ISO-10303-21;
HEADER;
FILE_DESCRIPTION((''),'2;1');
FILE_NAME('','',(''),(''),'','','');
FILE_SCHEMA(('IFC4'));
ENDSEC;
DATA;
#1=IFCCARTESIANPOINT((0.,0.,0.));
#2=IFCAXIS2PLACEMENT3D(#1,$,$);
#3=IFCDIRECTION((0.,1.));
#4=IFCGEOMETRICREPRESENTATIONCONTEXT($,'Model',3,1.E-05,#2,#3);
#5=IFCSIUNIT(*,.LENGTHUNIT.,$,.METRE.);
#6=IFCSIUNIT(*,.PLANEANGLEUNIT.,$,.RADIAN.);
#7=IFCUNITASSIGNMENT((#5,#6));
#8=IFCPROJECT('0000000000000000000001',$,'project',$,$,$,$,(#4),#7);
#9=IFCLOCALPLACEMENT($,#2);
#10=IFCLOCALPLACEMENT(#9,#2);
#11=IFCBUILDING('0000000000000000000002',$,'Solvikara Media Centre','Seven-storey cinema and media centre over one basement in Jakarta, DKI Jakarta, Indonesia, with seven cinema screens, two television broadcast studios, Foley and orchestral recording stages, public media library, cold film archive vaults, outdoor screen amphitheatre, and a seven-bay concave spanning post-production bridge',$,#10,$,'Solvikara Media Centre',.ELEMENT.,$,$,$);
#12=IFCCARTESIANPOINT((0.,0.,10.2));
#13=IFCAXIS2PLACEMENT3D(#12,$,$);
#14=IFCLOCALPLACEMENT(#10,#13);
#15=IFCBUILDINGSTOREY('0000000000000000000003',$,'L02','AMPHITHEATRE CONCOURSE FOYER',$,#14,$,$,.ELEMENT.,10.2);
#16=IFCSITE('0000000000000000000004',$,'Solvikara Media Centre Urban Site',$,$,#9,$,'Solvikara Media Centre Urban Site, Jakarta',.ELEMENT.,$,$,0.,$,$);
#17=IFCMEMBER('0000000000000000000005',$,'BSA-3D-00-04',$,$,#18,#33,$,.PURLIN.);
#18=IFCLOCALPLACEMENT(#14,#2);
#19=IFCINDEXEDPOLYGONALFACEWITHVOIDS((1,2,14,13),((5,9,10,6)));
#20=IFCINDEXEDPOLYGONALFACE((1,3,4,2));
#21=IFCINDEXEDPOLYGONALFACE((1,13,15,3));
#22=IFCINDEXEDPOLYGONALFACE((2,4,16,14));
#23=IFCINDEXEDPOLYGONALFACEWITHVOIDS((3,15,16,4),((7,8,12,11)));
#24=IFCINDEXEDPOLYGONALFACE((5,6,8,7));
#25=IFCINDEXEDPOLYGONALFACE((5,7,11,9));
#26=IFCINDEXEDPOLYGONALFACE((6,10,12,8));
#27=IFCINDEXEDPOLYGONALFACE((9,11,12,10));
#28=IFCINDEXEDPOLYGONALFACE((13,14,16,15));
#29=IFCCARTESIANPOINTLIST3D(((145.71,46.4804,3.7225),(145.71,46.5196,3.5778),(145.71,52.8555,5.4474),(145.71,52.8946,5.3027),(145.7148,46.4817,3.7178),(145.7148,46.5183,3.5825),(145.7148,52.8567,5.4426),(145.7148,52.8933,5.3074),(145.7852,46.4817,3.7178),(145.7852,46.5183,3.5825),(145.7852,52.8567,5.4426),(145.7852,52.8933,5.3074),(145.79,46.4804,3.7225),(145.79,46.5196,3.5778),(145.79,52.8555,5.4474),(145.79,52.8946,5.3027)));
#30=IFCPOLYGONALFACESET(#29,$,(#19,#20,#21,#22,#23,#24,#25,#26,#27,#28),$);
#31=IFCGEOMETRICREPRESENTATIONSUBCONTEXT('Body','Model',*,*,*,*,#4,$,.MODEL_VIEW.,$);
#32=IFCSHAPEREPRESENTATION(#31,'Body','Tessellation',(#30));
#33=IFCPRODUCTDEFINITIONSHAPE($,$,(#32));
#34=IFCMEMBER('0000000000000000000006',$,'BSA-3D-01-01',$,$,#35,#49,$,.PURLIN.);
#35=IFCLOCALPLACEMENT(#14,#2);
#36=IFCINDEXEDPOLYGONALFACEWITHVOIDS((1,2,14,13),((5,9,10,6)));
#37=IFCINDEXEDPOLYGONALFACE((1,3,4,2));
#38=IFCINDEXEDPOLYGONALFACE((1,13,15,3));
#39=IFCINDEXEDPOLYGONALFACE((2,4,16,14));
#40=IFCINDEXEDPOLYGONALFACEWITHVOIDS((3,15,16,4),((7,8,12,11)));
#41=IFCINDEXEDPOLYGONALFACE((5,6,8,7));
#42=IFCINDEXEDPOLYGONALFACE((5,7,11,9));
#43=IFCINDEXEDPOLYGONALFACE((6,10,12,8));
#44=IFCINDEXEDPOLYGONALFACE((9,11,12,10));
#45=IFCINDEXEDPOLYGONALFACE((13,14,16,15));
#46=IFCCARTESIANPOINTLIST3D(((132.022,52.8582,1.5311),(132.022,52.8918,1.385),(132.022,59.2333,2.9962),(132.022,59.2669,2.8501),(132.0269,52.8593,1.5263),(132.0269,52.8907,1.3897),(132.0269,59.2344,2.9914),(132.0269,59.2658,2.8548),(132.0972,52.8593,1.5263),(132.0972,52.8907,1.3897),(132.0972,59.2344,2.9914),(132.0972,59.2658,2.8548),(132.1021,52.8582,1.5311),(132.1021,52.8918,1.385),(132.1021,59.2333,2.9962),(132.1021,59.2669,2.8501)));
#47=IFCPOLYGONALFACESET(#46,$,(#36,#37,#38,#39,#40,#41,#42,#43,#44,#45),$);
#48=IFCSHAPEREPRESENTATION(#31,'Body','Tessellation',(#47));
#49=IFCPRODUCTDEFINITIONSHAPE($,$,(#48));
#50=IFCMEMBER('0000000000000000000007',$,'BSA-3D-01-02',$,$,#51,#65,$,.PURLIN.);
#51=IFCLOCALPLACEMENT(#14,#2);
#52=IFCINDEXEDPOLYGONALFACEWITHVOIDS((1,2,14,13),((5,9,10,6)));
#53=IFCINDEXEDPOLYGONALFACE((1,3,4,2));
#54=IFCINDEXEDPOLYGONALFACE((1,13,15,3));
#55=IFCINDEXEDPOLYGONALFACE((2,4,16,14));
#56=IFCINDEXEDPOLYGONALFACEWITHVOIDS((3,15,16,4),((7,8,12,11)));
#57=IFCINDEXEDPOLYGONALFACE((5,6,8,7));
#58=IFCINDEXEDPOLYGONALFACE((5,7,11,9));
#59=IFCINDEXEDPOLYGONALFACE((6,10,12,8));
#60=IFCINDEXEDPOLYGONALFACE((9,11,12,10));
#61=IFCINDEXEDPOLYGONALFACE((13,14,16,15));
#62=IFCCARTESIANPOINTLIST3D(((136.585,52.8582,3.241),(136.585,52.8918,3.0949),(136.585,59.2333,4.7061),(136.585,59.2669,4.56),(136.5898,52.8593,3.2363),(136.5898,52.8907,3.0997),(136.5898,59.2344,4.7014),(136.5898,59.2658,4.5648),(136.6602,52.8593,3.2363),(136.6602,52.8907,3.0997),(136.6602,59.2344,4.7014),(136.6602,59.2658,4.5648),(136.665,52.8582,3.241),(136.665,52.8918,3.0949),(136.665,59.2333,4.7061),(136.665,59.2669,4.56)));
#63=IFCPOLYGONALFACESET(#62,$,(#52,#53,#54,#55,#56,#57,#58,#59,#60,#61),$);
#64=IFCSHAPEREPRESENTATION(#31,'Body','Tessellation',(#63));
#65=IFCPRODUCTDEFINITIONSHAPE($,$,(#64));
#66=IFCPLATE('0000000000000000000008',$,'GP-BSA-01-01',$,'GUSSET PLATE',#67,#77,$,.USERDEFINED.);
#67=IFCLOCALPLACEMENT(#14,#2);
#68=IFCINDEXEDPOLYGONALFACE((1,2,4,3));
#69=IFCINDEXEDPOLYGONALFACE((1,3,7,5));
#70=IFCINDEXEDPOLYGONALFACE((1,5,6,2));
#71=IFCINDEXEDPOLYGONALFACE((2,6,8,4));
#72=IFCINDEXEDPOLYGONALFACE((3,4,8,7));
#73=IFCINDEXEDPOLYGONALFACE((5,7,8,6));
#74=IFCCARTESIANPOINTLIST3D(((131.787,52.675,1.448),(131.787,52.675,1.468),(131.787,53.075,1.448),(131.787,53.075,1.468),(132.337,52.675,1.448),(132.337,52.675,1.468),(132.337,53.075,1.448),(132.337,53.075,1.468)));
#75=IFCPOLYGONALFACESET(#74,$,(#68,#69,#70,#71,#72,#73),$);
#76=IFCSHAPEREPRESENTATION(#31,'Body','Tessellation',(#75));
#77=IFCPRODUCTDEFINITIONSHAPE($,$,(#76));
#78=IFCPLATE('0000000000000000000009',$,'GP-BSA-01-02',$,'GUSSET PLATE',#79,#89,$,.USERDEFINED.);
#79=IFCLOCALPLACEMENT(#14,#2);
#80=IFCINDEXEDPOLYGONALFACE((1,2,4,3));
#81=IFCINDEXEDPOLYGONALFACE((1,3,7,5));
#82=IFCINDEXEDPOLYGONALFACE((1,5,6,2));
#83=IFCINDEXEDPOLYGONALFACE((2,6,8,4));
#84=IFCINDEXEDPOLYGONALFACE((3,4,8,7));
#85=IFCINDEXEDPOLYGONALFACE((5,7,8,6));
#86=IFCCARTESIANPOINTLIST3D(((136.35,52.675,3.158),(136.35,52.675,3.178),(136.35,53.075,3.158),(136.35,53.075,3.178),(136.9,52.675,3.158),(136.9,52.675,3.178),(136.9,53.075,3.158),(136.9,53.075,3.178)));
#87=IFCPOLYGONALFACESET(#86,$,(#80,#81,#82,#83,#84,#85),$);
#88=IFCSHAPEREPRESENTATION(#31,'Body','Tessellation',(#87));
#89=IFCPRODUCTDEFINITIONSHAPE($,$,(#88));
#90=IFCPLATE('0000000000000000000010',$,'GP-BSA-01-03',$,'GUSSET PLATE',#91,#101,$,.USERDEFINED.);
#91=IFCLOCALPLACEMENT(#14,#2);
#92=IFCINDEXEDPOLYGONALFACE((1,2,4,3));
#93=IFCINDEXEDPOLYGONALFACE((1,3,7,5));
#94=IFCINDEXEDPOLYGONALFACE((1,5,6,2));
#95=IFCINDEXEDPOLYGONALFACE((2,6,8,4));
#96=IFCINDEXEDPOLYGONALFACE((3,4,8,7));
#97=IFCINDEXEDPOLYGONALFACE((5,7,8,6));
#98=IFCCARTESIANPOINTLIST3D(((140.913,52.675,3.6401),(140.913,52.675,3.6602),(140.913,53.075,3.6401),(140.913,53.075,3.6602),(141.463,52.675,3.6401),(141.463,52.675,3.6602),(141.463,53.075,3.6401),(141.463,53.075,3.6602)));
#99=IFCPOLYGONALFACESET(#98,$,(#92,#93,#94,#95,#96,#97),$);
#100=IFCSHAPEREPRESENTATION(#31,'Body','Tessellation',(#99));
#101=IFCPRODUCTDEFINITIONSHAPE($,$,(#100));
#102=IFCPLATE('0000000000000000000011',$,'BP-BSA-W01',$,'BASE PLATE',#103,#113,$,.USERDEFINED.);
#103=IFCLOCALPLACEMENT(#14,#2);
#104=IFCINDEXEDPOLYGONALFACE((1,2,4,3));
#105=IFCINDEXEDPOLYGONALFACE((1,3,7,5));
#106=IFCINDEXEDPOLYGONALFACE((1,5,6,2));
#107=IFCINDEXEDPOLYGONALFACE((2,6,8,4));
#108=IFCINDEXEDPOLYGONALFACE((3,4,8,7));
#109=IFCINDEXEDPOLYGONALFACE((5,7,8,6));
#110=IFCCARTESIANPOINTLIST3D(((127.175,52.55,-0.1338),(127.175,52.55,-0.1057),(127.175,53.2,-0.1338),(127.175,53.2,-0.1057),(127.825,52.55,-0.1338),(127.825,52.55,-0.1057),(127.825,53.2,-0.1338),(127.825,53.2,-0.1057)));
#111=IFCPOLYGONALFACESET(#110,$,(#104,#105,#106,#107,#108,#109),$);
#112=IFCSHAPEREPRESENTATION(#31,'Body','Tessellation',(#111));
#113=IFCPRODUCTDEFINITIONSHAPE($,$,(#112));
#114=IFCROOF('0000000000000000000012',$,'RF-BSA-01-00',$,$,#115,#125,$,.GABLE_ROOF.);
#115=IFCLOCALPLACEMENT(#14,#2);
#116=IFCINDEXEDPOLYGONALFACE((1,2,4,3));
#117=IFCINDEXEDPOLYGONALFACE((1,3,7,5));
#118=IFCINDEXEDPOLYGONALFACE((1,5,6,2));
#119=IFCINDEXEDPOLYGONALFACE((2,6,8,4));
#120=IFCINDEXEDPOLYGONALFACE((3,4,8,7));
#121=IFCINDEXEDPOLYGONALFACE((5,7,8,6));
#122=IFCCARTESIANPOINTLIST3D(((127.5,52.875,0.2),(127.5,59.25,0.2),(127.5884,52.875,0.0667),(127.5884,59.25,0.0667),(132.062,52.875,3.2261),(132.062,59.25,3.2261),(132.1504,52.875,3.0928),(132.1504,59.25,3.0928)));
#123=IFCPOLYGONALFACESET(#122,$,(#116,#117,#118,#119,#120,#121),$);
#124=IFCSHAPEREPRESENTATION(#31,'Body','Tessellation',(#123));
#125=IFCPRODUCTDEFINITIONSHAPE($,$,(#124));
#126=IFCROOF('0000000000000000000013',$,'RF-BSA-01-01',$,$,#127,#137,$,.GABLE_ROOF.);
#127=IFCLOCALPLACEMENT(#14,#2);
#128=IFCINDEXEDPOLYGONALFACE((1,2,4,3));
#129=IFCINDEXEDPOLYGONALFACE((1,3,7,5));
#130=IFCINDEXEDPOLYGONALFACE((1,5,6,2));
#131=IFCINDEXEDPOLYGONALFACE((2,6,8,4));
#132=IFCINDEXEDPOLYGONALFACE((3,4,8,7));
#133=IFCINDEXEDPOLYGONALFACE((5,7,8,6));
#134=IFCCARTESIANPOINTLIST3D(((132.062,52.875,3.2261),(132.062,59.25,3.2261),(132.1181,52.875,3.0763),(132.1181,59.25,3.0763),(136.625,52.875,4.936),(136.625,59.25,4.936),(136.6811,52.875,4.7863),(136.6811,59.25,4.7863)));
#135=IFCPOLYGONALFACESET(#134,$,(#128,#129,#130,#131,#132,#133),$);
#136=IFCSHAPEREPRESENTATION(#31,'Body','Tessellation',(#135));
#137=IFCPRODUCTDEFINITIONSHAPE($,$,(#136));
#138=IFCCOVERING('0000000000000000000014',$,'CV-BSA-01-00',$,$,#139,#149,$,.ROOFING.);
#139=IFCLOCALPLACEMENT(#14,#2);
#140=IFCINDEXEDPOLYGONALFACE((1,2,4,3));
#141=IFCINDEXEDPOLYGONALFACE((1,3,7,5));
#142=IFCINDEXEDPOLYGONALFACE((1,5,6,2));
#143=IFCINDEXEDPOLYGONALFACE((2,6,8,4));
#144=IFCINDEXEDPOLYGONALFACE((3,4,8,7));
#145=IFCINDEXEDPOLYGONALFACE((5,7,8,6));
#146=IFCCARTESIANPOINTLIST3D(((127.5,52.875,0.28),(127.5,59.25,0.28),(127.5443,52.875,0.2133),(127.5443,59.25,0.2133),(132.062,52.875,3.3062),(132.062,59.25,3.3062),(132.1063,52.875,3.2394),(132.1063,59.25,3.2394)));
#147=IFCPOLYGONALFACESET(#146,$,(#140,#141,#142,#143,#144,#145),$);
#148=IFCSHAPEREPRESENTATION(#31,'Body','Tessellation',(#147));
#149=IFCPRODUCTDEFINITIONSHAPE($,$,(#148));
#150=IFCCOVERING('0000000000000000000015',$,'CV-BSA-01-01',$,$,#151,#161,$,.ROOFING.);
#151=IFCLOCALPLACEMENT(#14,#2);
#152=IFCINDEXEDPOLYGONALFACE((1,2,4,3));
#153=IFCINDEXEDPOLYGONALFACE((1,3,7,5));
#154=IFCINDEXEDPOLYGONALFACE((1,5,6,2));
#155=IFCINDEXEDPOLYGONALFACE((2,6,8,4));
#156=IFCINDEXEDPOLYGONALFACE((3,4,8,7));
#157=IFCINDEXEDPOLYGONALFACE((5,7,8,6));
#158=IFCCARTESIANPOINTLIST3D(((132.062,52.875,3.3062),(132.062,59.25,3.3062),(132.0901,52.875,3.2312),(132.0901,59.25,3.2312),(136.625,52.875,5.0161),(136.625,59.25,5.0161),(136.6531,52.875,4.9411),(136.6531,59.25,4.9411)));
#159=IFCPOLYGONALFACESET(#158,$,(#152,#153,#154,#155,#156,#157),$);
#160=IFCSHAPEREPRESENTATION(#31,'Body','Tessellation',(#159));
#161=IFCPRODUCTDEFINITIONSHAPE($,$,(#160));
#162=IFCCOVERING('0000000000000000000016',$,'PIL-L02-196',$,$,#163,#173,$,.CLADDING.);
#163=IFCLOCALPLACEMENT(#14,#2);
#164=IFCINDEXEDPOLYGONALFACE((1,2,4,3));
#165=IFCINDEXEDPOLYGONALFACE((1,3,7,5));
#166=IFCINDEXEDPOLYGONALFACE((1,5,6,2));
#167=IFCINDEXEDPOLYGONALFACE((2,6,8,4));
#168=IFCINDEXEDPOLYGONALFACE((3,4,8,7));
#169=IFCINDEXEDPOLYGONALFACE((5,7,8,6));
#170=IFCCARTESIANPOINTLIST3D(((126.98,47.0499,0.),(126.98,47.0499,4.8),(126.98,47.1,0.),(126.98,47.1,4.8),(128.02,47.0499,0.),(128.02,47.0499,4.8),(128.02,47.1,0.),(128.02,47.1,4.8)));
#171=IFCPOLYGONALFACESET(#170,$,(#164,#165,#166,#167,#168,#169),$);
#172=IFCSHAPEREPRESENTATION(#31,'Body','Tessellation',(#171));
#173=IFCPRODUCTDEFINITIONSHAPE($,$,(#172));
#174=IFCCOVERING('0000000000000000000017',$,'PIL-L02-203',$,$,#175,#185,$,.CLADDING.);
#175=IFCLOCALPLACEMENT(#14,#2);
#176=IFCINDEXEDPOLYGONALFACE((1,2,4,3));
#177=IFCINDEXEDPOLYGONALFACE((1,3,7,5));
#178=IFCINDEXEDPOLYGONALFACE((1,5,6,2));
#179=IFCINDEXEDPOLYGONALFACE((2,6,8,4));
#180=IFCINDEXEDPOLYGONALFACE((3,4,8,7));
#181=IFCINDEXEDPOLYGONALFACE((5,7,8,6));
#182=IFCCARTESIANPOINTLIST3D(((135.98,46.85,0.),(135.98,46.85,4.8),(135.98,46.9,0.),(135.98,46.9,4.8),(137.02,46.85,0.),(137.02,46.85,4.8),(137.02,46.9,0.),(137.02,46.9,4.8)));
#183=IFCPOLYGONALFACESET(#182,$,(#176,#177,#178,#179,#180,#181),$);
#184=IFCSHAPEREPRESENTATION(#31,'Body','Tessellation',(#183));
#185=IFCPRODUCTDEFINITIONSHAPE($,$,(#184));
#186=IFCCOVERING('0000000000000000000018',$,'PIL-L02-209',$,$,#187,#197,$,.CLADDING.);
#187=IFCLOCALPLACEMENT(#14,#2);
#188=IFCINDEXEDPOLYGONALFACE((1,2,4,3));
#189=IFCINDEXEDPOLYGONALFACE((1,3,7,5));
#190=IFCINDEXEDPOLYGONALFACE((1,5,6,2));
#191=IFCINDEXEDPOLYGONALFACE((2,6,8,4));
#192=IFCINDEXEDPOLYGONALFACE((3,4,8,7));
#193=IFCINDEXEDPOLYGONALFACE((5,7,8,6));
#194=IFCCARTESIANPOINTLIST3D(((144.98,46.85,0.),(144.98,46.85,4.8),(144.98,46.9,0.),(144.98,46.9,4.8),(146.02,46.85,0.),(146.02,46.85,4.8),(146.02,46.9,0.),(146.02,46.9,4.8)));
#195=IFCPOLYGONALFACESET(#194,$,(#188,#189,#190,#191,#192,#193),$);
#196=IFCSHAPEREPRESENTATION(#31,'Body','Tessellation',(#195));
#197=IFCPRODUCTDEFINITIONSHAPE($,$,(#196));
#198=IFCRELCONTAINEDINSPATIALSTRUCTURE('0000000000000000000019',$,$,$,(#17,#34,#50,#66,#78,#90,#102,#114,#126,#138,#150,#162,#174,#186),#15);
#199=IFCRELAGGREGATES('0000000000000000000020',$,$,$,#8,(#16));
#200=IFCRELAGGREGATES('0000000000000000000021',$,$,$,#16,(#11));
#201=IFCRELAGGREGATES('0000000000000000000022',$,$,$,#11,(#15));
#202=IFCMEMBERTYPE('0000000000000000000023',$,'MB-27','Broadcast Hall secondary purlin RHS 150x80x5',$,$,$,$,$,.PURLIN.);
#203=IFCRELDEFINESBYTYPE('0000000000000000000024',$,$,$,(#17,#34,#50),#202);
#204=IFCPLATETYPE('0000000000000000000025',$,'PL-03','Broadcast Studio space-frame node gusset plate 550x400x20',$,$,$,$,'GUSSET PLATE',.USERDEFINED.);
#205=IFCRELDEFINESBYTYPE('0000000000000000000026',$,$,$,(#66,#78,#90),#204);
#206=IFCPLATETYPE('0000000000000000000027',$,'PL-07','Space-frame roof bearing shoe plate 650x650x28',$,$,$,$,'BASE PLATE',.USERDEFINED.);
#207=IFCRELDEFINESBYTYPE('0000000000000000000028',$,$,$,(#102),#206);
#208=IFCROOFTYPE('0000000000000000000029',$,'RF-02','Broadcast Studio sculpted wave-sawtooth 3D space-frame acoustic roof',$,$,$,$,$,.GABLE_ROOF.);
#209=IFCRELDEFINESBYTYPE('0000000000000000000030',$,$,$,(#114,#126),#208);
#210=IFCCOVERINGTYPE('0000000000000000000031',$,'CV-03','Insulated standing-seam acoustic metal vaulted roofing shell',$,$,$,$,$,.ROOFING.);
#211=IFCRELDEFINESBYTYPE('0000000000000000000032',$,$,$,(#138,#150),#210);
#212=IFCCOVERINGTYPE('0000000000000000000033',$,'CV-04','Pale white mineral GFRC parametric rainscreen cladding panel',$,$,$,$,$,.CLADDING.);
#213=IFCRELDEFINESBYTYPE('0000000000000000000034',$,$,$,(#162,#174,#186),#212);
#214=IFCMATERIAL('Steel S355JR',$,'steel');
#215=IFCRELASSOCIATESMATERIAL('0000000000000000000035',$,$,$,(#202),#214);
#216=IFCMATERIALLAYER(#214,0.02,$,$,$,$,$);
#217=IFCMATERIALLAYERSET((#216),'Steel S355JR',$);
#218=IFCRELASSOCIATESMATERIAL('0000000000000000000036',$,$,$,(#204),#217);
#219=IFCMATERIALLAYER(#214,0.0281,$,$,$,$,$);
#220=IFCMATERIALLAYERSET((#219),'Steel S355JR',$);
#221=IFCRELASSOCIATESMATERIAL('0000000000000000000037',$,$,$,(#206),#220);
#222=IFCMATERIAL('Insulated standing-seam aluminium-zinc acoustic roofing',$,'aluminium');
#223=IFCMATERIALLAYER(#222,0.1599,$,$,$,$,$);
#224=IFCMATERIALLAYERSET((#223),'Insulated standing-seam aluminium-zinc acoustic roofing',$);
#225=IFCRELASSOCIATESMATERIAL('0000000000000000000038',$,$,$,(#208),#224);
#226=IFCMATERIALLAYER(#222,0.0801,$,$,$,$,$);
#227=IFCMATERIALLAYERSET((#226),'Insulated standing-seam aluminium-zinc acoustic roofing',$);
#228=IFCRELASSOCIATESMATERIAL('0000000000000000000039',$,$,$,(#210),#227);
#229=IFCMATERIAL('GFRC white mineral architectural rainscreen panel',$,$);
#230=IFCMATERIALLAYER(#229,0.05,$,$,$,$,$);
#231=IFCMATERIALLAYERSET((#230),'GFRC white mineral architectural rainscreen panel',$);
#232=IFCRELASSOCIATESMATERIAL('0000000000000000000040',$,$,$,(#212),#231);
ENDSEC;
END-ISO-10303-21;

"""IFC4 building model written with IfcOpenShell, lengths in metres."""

from ifc_helpers import new_model, si_unit, direction, frame, origin, origin_2d, place, context, subcontext, project, spatial, polyline, rectangle, hollow_rectangle, outline, extrude, material, layer, layer_set, material_profile, profile_set, type_object, element, save


model = new_model("IFC4")

# Units and contexts
model_context = context("Model", 3, precision=1e-05, world=origin(), true_north=direction((0.0, 1.0)))
body_context = subcontext(model_context, "Body", "Model", "MODEL_VIEW")
ifc_project = project(units=[si_unit("LENGTHUNIT", "METRE"), si_unit("PLANEANGLEUNIT", "RADIAN")], contexts=[model_context])

# Site, building, storey
site_placement = place(None, origin())
site = spatial("IfcSite", under=ifc_project, at=site_placement, Name="Solvikara Media Centre Urban Site", LongName="Solvikara Media Centre Urban Site, Jakarta", CompositionType="ELEMENT", RefElevation=0.0)
building_placement = place(site_placement, origin())
building = spatial("IfcBuilding", under=site, at=building_placement, Name="Solvikara Media Centre", Description="Seven-storey cinema and media centre over one basement in Jakarta, DKI Jakarta, Indonesia, with seven cinema screens, two television broadcast studios, Foley and orchestral recording stages, public media library, cold film archive vaults, outdoor screen amphitheatre, and a seven-bay concave spanning post-production bridge", LongName="Solvikara Media Centre", CompositionType="ELEMENT")
storey_placement = place(building_placement, frame((0.0, 0.0, 10.2)))
storey = spatial("IfcBuildingStorey", under=building, at=storey_placement, Name="L02", Description="AMPHITHEATRE CONCOURSE FOYER", CompositionType="ELEMENT", Elevation=10.2)

# Members
ifc_material_1 = material(Name="Steel S355JR", Category="steel")
ifc_material_profile_1 = material_profile(ifc_material_1, hollow_rectangle(XDim=0.0801, YDim=0.1499, WallThickness=0.0049, at=origin_2d()), Name="RHS 150x80x5")
ifc_profile_set_1 = profile_set([ifc_material_profile_1], Name="Steel S355JR")
member_type_1 = type_object("IfcMemberType", Name="MB-27", Description="Broadcast Hall secondary purlin RHS 150x80x5", PredefinedType="PURLIN", material=ifc_profile_set_1)
member_1_placement = place(storey_placement, frame((145.75, 46.5, 3.6501), z_axis=(0.0, 0.965292, 0.261174), x_axis=(-1.0, 0.0, 0.0)))
element("IfcMember", 1, at=member_1_placement, inside=storey, type_object=member_type_1, Name="BSA-3D-00-04", PredefinedType="PURLIN", context=body_context, shape_type="SweptSolid", body=[
    extrude(hollow_rectangle(XDim=0.0801, YDim=0.1499, WallThickness=0.0049, at=origin_2d()), origin(), (0.0, 0.0, 1.0), 6.6042),
])
for number, where, z_axis, x_axis, name in (
    (2, (132.062, 52.875, 1.458), (0.0, 0.974594, 0.223979), (-1.0, 0.0, 0.0), "BSA-3D-01-01"),
    (3, (136.625, 52.875, 3.168), (0.0, 0.974594, 0.223979), (-1.0, 0.0, 0.0), "BSA-3D-01-02"),
):
    element("IfcMember", number, at=place(storey_placement, frame(where, z_axis=z_axis, x_axis=x_axis)), inside=storey, type_object=member_type_1, Name=name, PredefinedType="PURLIN", context=body_context, shape_type="SweptSolid", body=[
        extrude(hollow_rectangle(XDim=0.0801, YDim=0.1499, WallThickness=0.0049, at=origin_2d()), origin(), (0.0, 0.0, 1.0), 6.5413),
    ])

# Plates
ifc_layer_1 = layer(ifc_material_1, 0.02)
ifc_layer_set_1 = layer_set([ifc_layer_1], Name="Steel S355JR")
plate_type_1 = type_object("IfcPlateType", Name="PL-03", Description="Broadcast Studio space-frame node gusset plate 550x400x20", ElementType="GUSSET PLATE", PredefinedType="USERDEFINED", material=ifc_layer_set_1)
for number, where, z_axis, x_axis, name in (
    (4, (132.062, 52.875, 1.448), (0.0, 0.0, 1.0), (1.0, 0.0, 0.0), "GP-BSA-01-01"),
    (5, (136.625, 52.875, 3.158), (0.0, 0.0, 1.0), (1.0, 0.0, 0.0), "GP-BSA-01-02"),
    (6, (141.188, 52.875, 3.6401), (0.0, 0.0, 1.0), (1.0, 0.0, 0.0), "GP-BSA-01-03"),
):
    element("IfcPlate", number, at=place(storey_placement, frame(where, z_axis=z_axis, x_axis=x_axis)), inside=storey, type_object=plate_type_1, Name=name, ObjectType="GUSSET PLATE", PredefinedType="USERDEFINED", context=body_context, shape_type="SweptSolid", body=[
        extrude(rectangle(XDim=0.55, YDim=0.3999, at=origin_2d()), origin(), (0.0, 0.0, 1.0), 0.02),
    ])
ifc_layer_2 = layer(ifc_material_1, 0.0281)
ifc_layer_set_2 = layer_set([ifc_layer_2], Name="Steel S355JR")
plate_type_2 = type_object("IfcPlateType", Name="PL-07", Description="Space-frame roof bearing shoe plate 650x650x28", ElementType="BASE PLATE", PredefinedType="USERDEFINED", material=ifc_layer_set_2)
plate_placement = place(storey_placement, frame((127.5, 52.875, -0.1338), z_axis=(0.0, 0.0, 1.0), x_axis=(1.0, 0.0, 0.0)))
element("IfcPlate", 7, at=plate_placement, inside=storey, type_object=plate_type_2, Name="BP-BSA-W01", ObjectType="BASE PLATE", PredefinedType="USERDEFINED", context=body_context, shape_type="SweptSolid", body=[
    extrude(rectangle(XDim=0.6499, YDim=0.6499, at=origin_2d()), origin(), (0.0, 0.0, 1.0), 0.0281),
])

# Roofs
ifc_material_2 = material(Name="Insulated standing-seam aluminium-zinc acoustic roofing", Category="aluminium")
ifc_layer_3 = layer(ifc_material_2, 0.1599)
ifc_layer_set_3 = layer_set([ifc_layer_3], Name="Insulated standing-seam aluminium-zinc acoustic roofing")
roof_type = type_object("IfcRoofType", Name="RF-02", Description="Broadcast Studio sculpted wave-sawtooth 3D space-frame acoustic roof", PredefinedType="GABLE_ROOF", material=ifc_layer_set_3)
roof_1_placement = place(storey_placement, frame((127.5, 52.875, 0.2), z_axis=(-0.552774, 0.0, 0.833331), x_axis=(0.833331, 0.0, 0.552774)))
element("IfcRoof", 8, at=roof_1_placement, inside=storey, type_object=roof_type, Name="RF-BSA-01-00", PredefinedType="GABLE_ROOF", context=body_context, shape_type="SweptSolid", body=[
    extrude(outline(polyline([(0.0, 0.0), (5.4744, 0.0), (5.4744, 6.375), (0.0, 6.375), (0.0, 0.0)])), origin(), (0.0, 0.0, -1.0), 0.1599),
])
roof_2_placement = place(storey_placement, frame((132.062, 52.875, 3.2261), z_axis=(-0.350915, 0.0, 0.936407), x_axis=(0.936407, 0.0, 0.350915)))
element("IfcRoof", 9, at=roof_2_placement, inside=storey, type_object=roof_type, Name="RF-BSA-01-01", PredefinedType="GABLE_ROOF", context=body_context, shape_type="SweptSolid", body=[
    extrude(outline(polyline([(0.0, 0.0), (4.8729, 0.0), (4.8729, 6.375), (0.0, 6.375), (0.0, 0.0)])), origin(), (0.0, 0.0, -1.0), 0.1599),
])

# Coverings
ifc_layer_4 = layer(ifc_material_2, 0.0801)
ifc_layer_set_4 = layer_set([ifc_layer_4], Name="Insulated standing-seam aluminium-zinc acoustic roofing")
covering_type_1 = type_object("IfcCoveringType", Name="CV-03", Description="Insulated standing-seam acoustic metal vaulted roofing shell", PredefinedType="ROOFING", material=ifc_layer_set_4)
covering_1_placement = place(storey_placement, frame((127.5, 52.875, 0.28), z_axis=(-0.552774, 0.0, 0.833331), x_axis=(0.833331, 0.0, 0.552774)))
element("IfcCovering", 10, at=covering_1_placement, inside=storey, type_object=covering_type_1, Name="CV-BSA-01-00", PredefinedType="ROOFING", context=body_context, shape_type="SweptSolid", body=[
    extrude(outline(polyline([(0.0, 0.0), (5.4744, 0.0), (5.4744, 6.375), (0.0, 6.375), (0.0, 0.0)])), origin(), (0.0, 0.0, -1.0), 0.0801),
])
covering_2_placement = place(storey_placement, frame((132.062, 52.875, 3.3062), z_axis=(-0.350915, 0.0, 0.936407), x_axis=(0.936407, 0.0, 0.350915)))
element("IfcCovering", 11, at=covering_2_placement, inside=storey, type_object=covering_type_1, Name="CV-BSA-01-01", PredefinedType="ROOFING", context=body_context, shape_type="SweptSolid", body=[
    extrude(outline(polyline([(0.0, 0.0), (4.8729, 0.0), (4.8729, 6.375), (0.0, 6.375), (0.0, 0.0)])), origin(), (0.0, 0.0, -1.0), 0.0801),
])
ifc_material_3 = material(Name="GFRC white mineral architectural rainscreen panel")
ifc_layer_5 = layer(ifc_material_3, 0.05)
ifc_layer_set_5 = layer_set([ifc_layer_5], Name="GFRC white mineral architectural rainscreen panel")
covering_type_2 = type_object("IfcCoveringType", Name="CV-04", Description="Pale white mineral GFRC parametric rainscreen cladding panel", PredefinedType="CLADDING", material=ifc_layer_set_5)
for number, where, z_axis, x_axis, name in (
    (12, (127.5, 47.075, 0.0), (0.0, 0.0, 1.0), (-1.0, 0.0, 0.0), "PIL-L02-196"),
    (13, (136.5, 46.875, 0.0), (0.0, 0.0, 1.0), (-1.0, 0.0, 0.0), "PIL-L02-203"),
    (14, (145.5, 46.875, 0.0), (0.0, 0.0, 1.0), (-1.0, 0.0, 0.0), "PIL-L02-209"),
):
    element("IfcCovering", number, at=place(storey_placement, frame(where, z_axis=z_axis, x_axis=x_axis)), inside=storey, type_object=covering_type_2, Name=name, PredefinedType="CLADDING", context=body_context, shape_type="SweptSolid", body=[
        extrude(rectangle(XDim=1.04, YDim=0.05, at=origin_2d()), origin(), (0.0, 0.0, 1.0), 4.8),
    ])

save(model, "model.ifc")
